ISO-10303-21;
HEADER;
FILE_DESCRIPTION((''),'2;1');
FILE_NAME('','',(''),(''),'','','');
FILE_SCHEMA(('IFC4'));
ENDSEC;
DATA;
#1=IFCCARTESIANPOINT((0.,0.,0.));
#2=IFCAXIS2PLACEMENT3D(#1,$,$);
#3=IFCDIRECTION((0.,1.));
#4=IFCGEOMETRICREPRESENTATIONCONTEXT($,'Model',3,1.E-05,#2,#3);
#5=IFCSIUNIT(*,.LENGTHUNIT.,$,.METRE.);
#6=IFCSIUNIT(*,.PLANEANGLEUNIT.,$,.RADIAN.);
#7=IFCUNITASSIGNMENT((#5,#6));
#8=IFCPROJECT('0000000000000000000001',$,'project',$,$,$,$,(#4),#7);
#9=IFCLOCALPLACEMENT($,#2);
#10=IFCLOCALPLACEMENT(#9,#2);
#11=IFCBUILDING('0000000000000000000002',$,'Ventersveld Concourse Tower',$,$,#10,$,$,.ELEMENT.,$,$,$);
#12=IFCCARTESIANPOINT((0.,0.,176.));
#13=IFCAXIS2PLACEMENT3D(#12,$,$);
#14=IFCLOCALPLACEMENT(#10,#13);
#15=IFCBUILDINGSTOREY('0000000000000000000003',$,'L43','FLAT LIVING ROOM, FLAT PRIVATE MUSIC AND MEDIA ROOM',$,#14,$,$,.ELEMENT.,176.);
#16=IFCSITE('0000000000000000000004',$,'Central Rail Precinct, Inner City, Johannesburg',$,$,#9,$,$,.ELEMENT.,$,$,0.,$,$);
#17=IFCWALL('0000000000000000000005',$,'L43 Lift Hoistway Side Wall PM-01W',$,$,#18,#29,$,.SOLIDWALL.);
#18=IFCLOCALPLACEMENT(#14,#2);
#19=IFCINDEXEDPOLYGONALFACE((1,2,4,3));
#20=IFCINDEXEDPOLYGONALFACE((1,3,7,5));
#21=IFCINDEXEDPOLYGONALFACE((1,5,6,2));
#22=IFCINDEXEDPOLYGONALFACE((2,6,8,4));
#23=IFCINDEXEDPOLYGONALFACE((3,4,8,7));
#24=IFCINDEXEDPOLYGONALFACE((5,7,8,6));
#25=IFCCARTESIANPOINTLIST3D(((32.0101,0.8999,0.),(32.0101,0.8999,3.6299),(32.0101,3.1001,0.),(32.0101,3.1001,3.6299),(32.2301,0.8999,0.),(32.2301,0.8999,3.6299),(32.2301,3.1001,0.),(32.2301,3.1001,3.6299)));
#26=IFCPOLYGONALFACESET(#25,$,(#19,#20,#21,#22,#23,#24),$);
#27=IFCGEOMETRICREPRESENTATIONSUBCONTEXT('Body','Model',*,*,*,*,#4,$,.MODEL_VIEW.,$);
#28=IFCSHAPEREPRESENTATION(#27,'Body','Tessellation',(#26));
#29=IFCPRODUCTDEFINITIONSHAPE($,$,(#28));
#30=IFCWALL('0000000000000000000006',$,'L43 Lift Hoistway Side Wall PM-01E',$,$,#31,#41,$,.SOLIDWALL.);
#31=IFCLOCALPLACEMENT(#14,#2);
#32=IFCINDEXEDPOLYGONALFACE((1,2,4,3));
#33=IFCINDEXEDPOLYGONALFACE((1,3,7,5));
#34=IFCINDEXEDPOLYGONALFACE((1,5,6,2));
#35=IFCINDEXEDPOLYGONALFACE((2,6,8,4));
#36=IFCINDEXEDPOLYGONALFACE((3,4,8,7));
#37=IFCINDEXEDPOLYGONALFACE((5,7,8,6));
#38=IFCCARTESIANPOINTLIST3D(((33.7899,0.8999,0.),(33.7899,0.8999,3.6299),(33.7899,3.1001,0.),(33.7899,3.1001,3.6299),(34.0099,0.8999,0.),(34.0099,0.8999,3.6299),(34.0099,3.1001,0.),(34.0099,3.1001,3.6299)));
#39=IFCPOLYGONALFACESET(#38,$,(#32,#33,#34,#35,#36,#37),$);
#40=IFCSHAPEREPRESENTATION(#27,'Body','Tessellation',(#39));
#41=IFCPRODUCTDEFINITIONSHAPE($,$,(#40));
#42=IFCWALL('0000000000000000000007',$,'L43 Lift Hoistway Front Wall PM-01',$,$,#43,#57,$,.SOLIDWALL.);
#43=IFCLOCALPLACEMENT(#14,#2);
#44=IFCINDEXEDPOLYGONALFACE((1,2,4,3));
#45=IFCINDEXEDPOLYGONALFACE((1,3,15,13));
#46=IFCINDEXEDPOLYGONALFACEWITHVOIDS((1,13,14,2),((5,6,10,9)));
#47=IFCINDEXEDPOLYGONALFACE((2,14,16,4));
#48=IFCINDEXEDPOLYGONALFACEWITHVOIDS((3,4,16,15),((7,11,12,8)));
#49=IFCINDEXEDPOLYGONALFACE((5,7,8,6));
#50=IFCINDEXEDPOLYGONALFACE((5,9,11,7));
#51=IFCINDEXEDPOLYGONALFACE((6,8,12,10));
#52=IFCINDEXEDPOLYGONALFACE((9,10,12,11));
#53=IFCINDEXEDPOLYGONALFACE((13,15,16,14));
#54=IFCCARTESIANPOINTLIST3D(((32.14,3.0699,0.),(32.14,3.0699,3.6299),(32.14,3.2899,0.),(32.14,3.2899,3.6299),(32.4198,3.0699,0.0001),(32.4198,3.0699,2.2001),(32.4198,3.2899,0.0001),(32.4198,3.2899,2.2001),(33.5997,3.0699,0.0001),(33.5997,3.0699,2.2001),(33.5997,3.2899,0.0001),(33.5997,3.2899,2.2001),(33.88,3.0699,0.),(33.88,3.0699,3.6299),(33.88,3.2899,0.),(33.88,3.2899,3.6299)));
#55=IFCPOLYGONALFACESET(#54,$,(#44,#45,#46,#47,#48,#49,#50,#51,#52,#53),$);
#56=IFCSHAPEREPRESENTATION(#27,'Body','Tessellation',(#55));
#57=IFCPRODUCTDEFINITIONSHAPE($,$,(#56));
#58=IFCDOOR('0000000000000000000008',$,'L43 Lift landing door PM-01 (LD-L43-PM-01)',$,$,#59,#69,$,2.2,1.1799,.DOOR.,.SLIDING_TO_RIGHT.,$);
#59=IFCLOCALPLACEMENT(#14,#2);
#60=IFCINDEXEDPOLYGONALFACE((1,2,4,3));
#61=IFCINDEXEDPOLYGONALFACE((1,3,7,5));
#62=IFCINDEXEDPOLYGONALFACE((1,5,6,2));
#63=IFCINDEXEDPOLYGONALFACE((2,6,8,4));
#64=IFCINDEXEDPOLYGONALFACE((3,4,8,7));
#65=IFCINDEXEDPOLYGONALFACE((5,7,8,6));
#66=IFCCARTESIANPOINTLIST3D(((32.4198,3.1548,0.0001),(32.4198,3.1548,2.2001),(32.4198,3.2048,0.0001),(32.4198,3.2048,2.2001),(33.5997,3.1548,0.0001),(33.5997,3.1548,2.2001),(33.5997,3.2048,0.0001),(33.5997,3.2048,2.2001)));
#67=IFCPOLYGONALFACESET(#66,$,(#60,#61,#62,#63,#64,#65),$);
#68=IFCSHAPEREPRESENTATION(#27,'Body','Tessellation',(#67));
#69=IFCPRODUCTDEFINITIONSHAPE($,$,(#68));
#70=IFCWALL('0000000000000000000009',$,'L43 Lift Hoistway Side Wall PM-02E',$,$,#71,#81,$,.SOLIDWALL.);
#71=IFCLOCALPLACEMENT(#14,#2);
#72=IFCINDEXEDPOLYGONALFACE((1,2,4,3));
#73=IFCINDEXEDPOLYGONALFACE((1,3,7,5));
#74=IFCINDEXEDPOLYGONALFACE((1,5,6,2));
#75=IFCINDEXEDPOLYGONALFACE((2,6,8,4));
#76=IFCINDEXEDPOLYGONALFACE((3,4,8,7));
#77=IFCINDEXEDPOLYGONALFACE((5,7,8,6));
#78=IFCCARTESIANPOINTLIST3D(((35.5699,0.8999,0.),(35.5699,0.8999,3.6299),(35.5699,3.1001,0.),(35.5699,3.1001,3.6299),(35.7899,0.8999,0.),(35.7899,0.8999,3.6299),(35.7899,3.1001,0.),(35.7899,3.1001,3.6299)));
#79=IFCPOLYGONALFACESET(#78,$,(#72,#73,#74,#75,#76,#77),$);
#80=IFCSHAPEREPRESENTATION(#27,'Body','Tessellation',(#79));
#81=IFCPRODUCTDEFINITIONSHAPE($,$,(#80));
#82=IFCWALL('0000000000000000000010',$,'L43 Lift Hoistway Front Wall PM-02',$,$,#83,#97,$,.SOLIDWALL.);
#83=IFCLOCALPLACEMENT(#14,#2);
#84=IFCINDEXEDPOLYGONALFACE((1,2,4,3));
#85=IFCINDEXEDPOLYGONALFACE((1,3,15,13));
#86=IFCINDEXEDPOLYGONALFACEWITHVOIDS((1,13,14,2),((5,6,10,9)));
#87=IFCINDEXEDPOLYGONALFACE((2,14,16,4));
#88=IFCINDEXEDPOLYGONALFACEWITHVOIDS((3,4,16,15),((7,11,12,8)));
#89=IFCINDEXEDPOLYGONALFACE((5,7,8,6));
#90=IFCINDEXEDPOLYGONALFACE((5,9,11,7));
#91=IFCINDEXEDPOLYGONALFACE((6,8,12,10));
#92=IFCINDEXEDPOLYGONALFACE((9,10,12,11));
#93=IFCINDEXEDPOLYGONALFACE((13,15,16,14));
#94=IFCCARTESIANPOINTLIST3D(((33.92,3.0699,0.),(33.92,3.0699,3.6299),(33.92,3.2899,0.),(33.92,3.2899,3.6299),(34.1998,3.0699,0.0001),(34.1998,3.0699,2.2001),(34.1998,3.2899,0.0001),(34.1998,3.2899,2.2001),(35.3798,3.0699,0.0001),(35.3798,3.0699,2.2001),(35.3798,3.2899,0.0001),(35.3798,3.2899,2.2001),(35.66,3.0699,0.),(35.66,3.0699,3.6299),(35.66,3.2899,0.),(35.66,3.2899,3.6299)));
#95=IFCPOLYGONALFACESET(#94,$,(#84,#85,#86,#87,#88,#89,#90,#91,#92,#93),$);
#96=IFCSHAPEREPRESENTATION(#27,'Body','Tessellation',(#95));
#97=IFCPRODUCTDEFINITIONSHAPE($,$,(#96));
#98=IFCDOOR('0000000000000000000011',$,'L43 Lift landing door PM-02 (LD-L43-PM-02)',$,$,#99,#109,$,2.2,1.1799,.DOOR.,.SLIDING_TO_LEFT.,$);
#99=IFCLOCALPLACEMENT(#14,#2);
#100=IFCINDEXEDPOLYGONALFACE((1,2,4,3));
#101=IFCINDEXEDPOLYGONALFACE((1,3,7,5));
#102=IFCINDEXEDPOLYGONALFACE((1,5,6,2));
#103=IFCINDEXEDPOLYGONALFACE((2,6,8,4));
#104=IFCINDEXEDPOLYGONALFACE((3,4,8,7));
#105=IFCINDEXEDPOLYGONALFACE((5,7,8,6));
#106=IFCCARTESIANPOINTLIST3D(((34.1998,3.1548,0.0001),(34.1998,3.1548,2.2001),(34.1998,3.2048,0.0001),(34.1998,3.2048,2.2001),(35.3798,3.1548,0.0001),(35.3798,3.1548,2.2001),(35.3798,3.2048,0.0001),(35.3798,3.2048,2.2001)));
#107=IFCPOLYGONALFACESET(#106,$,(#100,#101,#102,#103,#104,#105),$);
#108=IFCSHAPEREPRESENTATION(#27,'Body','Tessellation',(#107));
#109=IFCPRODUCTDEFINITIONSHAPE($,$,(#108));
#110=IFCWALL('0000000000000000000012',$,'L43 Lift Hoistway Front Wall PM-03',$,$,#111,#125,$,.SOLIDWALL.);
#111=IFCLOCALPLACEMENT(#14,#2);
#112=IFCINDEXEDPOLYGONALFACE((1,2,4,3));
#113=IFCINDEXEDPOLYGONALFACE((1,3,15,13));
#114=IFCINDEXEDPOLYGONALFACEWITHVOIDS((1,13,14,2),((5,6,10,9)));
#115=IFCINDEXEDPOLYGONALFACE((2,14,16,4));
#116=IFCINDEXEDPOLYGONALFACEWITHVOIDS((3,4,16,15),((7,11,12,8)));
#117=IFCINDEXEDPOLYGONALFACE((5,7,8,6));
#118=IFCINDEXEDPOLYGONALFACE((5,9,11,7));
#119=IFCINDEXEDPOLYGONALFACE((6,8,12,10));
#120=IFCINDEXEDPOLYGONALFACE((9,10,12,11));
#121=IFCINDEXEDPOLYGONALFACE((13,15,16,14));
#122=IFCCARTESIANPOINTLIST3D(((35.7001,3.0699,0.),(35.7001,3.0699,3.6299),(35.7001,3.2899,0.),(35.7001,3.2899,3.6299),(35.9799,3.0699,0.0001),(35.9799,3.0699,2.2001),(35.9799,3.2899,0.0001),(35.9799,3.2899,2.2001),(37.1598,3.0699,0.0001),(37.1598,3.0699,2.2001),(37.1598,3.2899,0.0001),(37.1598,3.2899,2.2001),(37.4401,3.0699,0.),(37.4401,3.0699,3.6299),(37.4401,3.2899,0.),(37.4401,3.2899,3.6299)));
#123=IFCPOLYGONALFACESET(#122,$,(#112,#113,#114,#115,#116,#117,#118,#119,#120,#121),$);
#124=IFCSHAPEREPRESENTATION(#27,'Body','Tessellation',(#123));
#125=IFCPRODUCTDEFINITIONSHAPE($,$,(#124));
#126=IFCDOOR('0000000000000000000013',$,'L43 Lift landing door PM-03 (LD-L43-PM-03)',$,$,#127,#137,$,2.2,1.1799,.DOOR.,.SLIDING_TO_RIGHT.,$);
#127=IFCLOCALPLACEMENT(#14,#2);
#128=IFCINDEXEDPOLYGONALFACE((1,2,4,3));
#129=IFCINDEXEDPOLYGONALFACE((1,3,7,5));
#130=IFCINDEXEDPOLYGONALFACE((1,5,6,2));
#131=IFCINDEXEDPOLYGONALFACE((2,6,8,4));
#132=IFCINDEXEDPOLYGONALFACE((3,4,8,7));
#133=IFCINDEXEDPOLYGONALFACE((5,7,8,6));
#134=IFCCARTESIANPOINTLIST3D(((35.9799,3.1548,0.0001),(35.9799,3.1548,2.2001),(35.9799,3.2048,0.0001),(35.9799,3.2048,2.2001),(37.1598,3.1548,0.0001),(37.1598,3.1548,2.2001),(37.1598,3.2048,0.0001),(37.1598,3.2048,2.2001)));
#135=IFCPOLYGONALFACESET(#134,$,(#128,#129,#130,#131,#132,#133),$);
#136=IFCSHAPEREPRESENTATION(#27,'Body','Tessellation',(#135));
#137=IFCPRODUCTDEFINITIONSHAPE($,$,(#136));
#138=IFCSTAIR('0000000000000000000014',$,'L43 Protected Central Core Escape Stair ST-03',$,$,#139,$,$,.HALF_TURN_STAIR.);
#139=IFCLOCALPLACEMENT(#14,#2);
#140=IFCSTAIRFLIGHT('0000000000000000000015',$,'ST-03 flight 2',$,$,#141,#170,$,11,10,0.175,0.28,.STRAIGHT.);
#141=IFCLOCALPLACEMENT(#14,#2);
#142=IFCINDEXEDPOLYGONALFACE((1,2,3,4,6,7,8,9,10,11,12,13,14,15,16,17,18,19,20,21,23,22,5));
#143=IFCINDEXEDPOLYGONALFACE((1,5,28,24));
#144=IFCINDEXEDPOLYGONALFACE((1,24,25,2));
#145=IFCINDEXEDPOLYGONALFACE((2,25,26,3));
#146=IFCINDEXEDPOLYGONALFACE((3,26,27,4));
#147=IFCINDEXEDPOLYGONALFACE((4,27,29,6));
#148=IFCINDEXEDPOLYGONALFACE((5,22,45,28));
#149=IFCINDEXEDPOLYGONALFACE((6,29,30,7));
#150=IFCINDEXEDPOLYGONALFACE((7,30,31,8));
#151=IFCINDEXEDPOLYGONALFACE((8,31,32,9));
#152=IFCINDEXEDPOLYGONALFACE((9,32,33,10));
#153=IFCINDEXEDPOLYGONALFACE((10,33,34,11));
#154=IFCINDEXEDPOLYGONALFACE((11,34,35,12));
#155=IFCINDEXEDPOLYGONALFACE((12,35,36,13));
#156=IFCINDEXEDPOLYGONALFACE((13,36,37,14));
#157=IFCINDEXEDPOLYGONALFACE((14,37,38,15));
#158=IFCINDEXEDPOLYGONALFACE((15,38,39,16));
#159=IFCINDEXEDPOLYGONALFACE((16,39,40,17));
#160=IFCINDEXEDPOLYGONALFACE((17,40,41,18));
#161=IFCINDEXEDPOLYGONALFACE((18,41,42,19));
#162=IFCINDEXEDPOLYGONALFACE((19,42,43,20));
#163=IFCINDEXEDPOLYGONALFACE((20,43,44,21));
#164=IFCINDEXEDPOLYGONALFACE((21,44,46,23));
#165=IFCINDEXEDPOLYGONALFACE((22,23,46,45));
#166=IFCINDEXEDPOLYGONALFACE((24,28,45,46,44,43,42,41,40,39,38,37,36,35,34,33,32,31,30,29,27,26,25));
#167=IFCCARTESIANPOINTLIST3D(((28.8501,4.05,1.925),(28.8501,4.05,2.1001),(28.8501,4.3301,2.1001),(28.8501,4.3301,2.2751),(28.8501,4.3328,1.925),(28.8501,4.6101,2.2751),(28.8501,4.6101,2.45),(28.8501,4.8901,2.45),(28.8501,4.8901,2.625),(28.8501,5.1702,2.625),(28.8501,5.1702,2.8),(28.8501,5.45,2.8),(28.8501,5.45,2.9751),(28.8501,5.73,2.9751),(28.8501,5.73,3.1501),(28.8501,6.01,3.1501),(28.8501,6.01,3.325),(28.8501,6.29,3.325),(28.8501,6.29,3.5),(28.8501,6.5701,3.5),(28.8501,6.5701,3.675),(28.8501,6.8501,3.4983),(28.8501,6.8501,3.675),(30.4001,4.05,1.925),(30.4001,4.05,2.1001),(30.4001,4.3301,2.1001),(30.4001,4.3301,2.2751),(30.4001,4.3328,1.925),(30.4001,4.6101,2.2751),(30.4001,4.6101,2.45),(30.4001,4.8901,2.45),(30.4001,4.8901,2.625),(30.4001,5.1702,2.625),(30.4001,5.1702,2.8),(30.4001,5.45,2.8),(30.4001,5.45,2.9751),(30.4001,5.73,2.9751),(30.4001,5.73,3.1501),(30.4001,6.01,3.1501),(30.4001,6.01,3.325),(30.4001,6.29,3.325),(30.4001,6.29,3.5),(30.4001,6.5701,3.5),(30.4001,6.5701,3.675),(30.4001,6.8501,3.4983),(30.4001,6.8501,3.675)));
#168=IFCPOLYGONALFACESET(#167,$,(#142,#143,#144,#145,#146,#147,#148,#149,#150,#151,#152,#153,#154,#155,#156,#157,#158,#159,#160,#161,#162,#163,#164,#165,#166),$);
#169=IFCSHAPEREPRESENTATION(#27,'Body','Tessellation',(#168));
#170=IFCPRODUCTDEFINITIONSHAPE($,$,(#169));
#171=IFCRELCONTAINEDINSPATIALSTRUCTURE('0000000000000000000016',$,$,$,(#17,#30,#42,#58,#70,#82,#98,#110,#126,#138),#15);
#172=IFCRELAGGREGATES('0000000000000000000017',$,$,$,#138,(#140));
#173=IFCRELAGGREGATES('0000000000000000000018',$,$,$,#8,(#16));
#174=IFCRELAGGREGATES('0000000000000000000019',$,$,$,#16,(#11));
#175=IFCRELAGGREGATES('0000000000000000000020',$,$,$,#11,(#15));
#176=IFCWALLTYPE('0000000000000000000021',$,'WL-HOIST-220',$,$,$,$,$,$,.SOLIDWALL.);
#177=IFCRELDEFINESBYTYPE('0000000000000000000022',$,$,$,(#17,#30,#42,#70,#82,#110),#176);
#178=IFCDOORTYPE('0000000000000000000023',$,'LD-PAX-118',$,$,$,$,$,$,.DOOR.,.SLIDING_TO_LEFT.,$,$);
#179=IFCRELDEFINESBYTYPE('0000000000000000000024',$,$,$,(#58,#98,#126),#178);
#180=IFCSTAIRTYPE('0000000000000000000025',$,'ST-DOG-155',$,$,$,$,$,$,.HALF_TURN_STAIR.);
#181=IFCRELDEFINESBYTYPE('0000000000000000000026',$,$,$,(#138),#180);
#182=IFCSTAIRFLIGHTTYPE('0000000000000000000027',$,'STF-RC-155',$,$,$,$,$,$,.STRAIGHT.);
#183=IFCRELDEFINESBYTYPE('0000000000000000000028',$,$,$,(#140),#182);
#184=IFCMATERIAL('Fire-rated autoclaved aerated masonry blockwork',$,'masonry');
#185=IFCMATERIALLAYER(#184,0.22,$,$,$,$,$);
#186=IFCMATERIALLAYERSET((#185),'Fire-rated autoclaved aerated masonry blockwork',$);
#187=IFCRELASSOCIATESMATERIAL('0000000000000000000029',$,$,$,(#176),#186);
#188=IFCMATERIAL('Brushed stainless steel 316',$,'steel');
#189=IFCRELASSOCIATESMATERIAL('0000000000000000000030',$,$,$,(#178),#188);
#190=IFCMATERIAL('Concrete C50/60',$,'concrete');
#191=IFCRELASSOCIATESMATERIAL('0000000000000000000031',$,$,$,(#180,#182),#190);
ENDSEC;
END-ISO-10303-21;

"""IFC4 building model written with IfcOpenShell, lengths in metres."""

from ifc_helpers import new_model, si_unit, direction, frame, frame_2d, origin, place, context, subcontext, project, spatial, polyline, rectangle, outline, extrude, material, layer, layer_set, type_object, element, fill, aggregate, save


model = new_model("IFC4")

# Units and contexts
model_context = context("Model", 3, precision=1e-05, world=origin(), true_north=direction((0.0, 1.0)))
body_context = subcontext(model_context, "Body", "Model", "MODEL_VIEW")
ifc_project = project(units=[si_unit("LENGTHUNIT", "METRE"), si_unit("PLANEANGLEUNIT", "RADIAN")], contexts=[model_context])

# Site, building, storey
site_placement = place(None, origin())
site = spatial("IfcSite", under=ifc_project, at=site_placement, Name="Central Rail Precinct, Inner City, Johannesburg", CompositionType="ELEMENT", RefElevation=0.0)
building_placement = place(site_placement, origin())
building = spatial("IfcBuilding", under=site, at=building_placement, Name="Ventersveld Concourse Tower", CompositionType="ELEMENT")
storey_placement = place(building_placement, frame((0.0, 0.0, 176.0)))
storey = spatial("IfcBuildingStorey", under=building, at=storey_placement, Name="L43", Description="FLAT LIVING ROOM, FLAT PRIVATE MUSIC AND MEDIA ROOM", CompositionType="ELEMENT", Elevation=176.0)

# Shared definitions
ifc_material_1 = material(Name="Concrete C50/60", Category="concrete")

# Shared definitions
ifc_material_2 = material(Name="Fire-rated autoclaved aerated masonry blockwork", Category="masonry")

# Walls
ifc_layer_1 = layer(ifc_material_2, 0.22)
ifc_layer_set_1 = layer_set([ifc_layer_1], Name="Fire-rated autoclaved aerated masonry blockwork")
wall_type_1 = type_object("IfcWallType", Name="WL-HOIST-220", PredefinedType="SOLIDWALL", material=ifc_layer_set_1)
for number, where, z_axis, x_axis, name in (
    (1, (32.1201, 0.8999, 0.0), (0.0, 0.0, 1.0), (0.0, 1.0, 0.0), "L43 Lift Hoistway Side Wall PM-01W"),
    (2, (33.8999, 0.8999, 0.0), (0.0, 0.0, 1.0), (0.0, 1.0, 0.0), "L43 Lift Hoistway Side Wall PM-01E"),
):
    element("IfcWall", number, at=place(storey_placement, frame(where, z_axis=z_axis, x_axis=x_axis)), inside=storey, type_object=wall_type_1, Name=name, PredefinedType="SOLIDWALL", context=body_context, shape_type="SweptSolid", body=[
        extrude(rectangle(XDim=2.2002, YDim=0.22, at=frame_2d((1.1001, 0.0))), origin(), (0.0, 0.0, 1.0), 3.6299),
    ])

# Wall, opening, door
wall_1_placement = place(storey_placement, frame((32.1399, 3.1799, 0.0), z_axis=(0.0, 0.0, 1.0), x_axis=(1.0, 0.0, 0.0)))
wall_1 = element("IfcWall", 3, at=wall_1_placement, inside=storey, type_object=wall_type_1, Name="L43 Lift Hoistway Front Wall PM-01", PredefinedType="SOLIDWALL", context=body_context, shape_type="SweptSolid", body=[
    extrude(rectangle(XDim=1.74, YDim=0.22, at=frame_2d((0.8701, 0.0))), origin(), (0.0, 0.0, 1.0), 3.6299),
])
opening_1_placement = place(wall_1_placement, frame((0.28, 0.0, 0.0)))
opening_1 = element("IfcOpeningElement", 4, at=opening_1_placement, cuts=wall_1, PredefinedType="OPENING", context=body_context, shape_type="SweptSolid", body=[
    extrude(rectangle(XDim=1.1799, YDim=2.2, at=frame_2d((0.5898, 1.1001))), frame((0.0, 0.1201, 0.0), z_axis=(0.0, -1.0, 0.0), x_axis=(1.0, 0.0, 0.0)), (0.0, 0.0, 1.0), 0.24),
])
ifc_material_3 = material(Name="Brushed stainless steel 316", Category="steel")
door_type_1 = type_object("IfcDoorType", Name="LD-PAX-118", OperationType="SLIDING_TO_LEFT", PredefinedType="DOOR", material=ifc_material_3)
door_1_placement = place(opening_1_placement, origin())
door_1 = element("IfcDoor", 5, at=door_1_placement, inside=storey, type_object=door_type_1, Name="L43 Lift landing door PM-01 (LD-L43-PM-01)", OperationType="SLIDING_TO_RIGHT", OverallHeight=2.2, OverallWidth=1.1799, PredefinedType="DOOR", context=body_context, shape_type="SweptSolid", body=[
    extrude(rectangle(XDim=1.1799, YDim=2.2, at=frame_2d((0.5898, 1.1001))), frame((0.0, 0.0249, 0.0), z_axis=(0.0, -1.0, 0.0), x_axis=(1.0, 0.0, 0.0)), (0.0, 0.0, 1.0), 0.05),
])
fill(opening_1, door_1)

# Wall
wall_2_placement = place(storey_placement, frame((35.6799, 0.8999, 0.0), z_axis=(0.0, 0.0, 1.0), x_axis=(0.0, 1.0, 0.0)))
element("IfcWall", 6, at=wall_2_placement, inside=storey, type_object=wall_type_1, Name="L43 Lift Hoistway Side Wall PM-02E", PredefinedType="SOLIDWALL", context=body_context, shape_type="SweptSolid", body=[
    extrude(rectangle(XDim=2.2002, YDim=0.22, at=frame_2d((1.1001, 0.0))), origin(), (0.0, 0.0, 1.0), 3.6299),
])

# Walls, openings, doors
wall_3_placement = place(storey_placement, frame((33.9199, 3.1799, 0.0), z_axis=(0.0, 0.0, 1.0), x_axis=(1.0, 0.0, 0.0)))
wall_3 = element("IfcWall", 7, at=wall_3_placement, inside=storey, type_object=wall_type_1, Name="L43 Lift Hoistway Front Wall PM-02", PredefinedType="SOLIDWALL", context=body_context, shape_type="SweptSolid", body=[
    extrude(rectangle(XDim=1.74, YDim=0.22, at=frame_2d((0.8701, 0.0))), origin(), (0.0, 0.0, 1.0), 3.6299),
])
opening_2_placement = place(wall_3_placement, frame((0.28, 0.0, 0.0)))
opening_2 = element("IfcOpeningElement", 8, at=opening_2_placement, cuts=wall_3, PredefinedType="OPENING", context=body_context, shape_type="SweptSolid", body=[
    extrude(rectangle(XDim=1.1799, YDim=2.2, at=frame_2d((0.5898, 1.1001))), frame((0.0, 0.1201, 0.0), z_axis=(0.0, -1.0, 0.0), x_axis=(1.0, 0.0, 0.0)), (0.0, 0.0, 1.0), 0.24),
])
door_2_placement = place(opening_2_placement, origin())
door_2 = element("IfcDoor", 9, at=door_2_placement, inside=storey, type_object=door_type_1, Name="L43 Lift landing door PM-02 (LD-L43-PM-02)", OperationType="SLIDING_TO_LEFT", OverallHeight=2.2, OverallWidth=1.1799, PredefinedType="DOOR", context=body_context, shape_type="SweptSolid", body=[
    extrude(rectangle(XDim=1.1799, YDim=2.2, at=frame_2d((0.5898, 1.1001))), frame((0.0, 0.0249, 0.0), z_axis=(0.0, -1.0, 0.0), x_axis=(1.0, 0.0, 0.0)), (0.0, 0.0, 1.0), 0.05),
])
fill(opening_2, door_2)
wall_4_placement = place(storey_placement, frame((35.7, 3.1799, 0.0), z_axis=(0.0, 0.0, 1.0), x_axis=(1.0, 0.0, 0.0)))
wall_4 = element("IfcWall", 10, at=wall_4_placement, inside=storey, type_object=wall_type_1, Name="L43 Lift Hoistway Front Wall PM-03", PredefinedType="SOLIDWALL", context=body_context, shape_type="SweptSolid", body=[
    extrude(rectangle(XDim=1.74, YDim=0.22, at=frame_2d((0.8701, 0.0))), origin(), (0.0, 0.0, 1.0), 3.6299),
])
opening_3_placement = place(wall_4_placement, frame((0.28, 0.0, 0.0)))
opening_3 = element("IfcOpeningElement", 11, at=opening_3_placement, cuts=wall_4, PredefinedType="OPENING", context=body_context, shape_type="SweptSolid", body=[
    extrude(rectangle(XDim=1.1799, YDim=2.2, at=frame_2d((0.5898, 1.1001))), frame((0.0, 0.1201, 0.0), z_axis=(0.0, -1.0, 0.0), x_axis=(1.0, 0.0, 0.0)), (0.0, 0.0, 1.0), 0.24),
])
door_3_placement = place(opening_3_placement, origin())
door_3 = element("IfcDoor", 12, at=door_3_placement, inside=storey, type_object=door_type_1, Name="L43 Lift landing door PM-03 (LD-L43-PM-03)", OperationType="SLIDING_TO_RIGHT", OverallHeight=2.2, OverallWidth=1.1799, PredefinedType="DOOR", context=body_context, shape_type="SweptSolid", body=[
    extrude(rectangle(XDim=1.1799, YDim=2.2, at=frame_2d((0.5898, 1.1001))), frame((0.0, 0.0249, 0.0), z_axis=(0.0, -1.0, 0.0), x_axis=(1.0, 0.0, 0.0)), (0.0, 0.0, 1.0), 0.05),
])
fill(opening_3, door_3)

# Stair, stair flight
stair_type = type_object("IfcStairType", Name="ST-DOG-155", PredefinedType="HALF_TURN_STAIR", material=ifc_material_1)
stair_placement = place(storey_placement, origin())
stair = element("IfcStair", 13, at=stair_placement, inside=storey, type_object=stair_type, Name="L43 Protected Central Core Escape Stair ST-03", PredefinedType="HALF_TURN_STAIR")
stair_flight_type = type_object("IfcStairFlightType", Name="STF-RC-155", PredefinedType="STRAIGHT", material=ifc_material_1)
stair_flight_placement = place(storey_placement, frame((29.625, 4.05, 1.925), z_axis=(0.0, 0.0, 1.0), x_axis=(0.0, 1.0, 0.0)))
stair_flight = element("IfcStairFlight", 14, at=stair_flight_placement, type_object=stair_flight_type, Name="ST-03 flight 2", NumberOfRisers=11, NumberOfTreads=10, PredefinedType="STRAIGHT", RiserHeight=0.175, TreadLength=0.28, context=body_context, shape_type="SweptSolid", body=[
    extrude(outline(polyline([(0.0, 0.0), (0.0, 0.175), (0.28, 0.175), (0.28, 0.3501), (0.5601, 0.3501), (0.5601, 0.5249), (0.8401, 0.5249), (0.8401, 0.7), (1.1201, 0.7), (1.1201, 0.875), (1.3999, 0.875), (1.3999, 1.05), (1.6799, 1.05), (1.6799, 1.2251), (1.96, 1.2251), (1.96, 1.3999), (2.24, 1.3999), (2.24, 1.575), (2.52, 1.575), (2.52, 1.75), (2.8, 1.75), (2.8, 1.925), (2.8, 1.5732), (0.2827, 0.0), (0.0, 0.0)])), frame((0.0, 0.7749, 0.0), z_axis=(0.0, -1.0, 0.0), x_axis=(1.0, 0.0, 0.0)), (0.0, 0.0, 1.0), 1.55),
])
aggregate(stair, [stair_flight])

save(model, "model.ifc")
